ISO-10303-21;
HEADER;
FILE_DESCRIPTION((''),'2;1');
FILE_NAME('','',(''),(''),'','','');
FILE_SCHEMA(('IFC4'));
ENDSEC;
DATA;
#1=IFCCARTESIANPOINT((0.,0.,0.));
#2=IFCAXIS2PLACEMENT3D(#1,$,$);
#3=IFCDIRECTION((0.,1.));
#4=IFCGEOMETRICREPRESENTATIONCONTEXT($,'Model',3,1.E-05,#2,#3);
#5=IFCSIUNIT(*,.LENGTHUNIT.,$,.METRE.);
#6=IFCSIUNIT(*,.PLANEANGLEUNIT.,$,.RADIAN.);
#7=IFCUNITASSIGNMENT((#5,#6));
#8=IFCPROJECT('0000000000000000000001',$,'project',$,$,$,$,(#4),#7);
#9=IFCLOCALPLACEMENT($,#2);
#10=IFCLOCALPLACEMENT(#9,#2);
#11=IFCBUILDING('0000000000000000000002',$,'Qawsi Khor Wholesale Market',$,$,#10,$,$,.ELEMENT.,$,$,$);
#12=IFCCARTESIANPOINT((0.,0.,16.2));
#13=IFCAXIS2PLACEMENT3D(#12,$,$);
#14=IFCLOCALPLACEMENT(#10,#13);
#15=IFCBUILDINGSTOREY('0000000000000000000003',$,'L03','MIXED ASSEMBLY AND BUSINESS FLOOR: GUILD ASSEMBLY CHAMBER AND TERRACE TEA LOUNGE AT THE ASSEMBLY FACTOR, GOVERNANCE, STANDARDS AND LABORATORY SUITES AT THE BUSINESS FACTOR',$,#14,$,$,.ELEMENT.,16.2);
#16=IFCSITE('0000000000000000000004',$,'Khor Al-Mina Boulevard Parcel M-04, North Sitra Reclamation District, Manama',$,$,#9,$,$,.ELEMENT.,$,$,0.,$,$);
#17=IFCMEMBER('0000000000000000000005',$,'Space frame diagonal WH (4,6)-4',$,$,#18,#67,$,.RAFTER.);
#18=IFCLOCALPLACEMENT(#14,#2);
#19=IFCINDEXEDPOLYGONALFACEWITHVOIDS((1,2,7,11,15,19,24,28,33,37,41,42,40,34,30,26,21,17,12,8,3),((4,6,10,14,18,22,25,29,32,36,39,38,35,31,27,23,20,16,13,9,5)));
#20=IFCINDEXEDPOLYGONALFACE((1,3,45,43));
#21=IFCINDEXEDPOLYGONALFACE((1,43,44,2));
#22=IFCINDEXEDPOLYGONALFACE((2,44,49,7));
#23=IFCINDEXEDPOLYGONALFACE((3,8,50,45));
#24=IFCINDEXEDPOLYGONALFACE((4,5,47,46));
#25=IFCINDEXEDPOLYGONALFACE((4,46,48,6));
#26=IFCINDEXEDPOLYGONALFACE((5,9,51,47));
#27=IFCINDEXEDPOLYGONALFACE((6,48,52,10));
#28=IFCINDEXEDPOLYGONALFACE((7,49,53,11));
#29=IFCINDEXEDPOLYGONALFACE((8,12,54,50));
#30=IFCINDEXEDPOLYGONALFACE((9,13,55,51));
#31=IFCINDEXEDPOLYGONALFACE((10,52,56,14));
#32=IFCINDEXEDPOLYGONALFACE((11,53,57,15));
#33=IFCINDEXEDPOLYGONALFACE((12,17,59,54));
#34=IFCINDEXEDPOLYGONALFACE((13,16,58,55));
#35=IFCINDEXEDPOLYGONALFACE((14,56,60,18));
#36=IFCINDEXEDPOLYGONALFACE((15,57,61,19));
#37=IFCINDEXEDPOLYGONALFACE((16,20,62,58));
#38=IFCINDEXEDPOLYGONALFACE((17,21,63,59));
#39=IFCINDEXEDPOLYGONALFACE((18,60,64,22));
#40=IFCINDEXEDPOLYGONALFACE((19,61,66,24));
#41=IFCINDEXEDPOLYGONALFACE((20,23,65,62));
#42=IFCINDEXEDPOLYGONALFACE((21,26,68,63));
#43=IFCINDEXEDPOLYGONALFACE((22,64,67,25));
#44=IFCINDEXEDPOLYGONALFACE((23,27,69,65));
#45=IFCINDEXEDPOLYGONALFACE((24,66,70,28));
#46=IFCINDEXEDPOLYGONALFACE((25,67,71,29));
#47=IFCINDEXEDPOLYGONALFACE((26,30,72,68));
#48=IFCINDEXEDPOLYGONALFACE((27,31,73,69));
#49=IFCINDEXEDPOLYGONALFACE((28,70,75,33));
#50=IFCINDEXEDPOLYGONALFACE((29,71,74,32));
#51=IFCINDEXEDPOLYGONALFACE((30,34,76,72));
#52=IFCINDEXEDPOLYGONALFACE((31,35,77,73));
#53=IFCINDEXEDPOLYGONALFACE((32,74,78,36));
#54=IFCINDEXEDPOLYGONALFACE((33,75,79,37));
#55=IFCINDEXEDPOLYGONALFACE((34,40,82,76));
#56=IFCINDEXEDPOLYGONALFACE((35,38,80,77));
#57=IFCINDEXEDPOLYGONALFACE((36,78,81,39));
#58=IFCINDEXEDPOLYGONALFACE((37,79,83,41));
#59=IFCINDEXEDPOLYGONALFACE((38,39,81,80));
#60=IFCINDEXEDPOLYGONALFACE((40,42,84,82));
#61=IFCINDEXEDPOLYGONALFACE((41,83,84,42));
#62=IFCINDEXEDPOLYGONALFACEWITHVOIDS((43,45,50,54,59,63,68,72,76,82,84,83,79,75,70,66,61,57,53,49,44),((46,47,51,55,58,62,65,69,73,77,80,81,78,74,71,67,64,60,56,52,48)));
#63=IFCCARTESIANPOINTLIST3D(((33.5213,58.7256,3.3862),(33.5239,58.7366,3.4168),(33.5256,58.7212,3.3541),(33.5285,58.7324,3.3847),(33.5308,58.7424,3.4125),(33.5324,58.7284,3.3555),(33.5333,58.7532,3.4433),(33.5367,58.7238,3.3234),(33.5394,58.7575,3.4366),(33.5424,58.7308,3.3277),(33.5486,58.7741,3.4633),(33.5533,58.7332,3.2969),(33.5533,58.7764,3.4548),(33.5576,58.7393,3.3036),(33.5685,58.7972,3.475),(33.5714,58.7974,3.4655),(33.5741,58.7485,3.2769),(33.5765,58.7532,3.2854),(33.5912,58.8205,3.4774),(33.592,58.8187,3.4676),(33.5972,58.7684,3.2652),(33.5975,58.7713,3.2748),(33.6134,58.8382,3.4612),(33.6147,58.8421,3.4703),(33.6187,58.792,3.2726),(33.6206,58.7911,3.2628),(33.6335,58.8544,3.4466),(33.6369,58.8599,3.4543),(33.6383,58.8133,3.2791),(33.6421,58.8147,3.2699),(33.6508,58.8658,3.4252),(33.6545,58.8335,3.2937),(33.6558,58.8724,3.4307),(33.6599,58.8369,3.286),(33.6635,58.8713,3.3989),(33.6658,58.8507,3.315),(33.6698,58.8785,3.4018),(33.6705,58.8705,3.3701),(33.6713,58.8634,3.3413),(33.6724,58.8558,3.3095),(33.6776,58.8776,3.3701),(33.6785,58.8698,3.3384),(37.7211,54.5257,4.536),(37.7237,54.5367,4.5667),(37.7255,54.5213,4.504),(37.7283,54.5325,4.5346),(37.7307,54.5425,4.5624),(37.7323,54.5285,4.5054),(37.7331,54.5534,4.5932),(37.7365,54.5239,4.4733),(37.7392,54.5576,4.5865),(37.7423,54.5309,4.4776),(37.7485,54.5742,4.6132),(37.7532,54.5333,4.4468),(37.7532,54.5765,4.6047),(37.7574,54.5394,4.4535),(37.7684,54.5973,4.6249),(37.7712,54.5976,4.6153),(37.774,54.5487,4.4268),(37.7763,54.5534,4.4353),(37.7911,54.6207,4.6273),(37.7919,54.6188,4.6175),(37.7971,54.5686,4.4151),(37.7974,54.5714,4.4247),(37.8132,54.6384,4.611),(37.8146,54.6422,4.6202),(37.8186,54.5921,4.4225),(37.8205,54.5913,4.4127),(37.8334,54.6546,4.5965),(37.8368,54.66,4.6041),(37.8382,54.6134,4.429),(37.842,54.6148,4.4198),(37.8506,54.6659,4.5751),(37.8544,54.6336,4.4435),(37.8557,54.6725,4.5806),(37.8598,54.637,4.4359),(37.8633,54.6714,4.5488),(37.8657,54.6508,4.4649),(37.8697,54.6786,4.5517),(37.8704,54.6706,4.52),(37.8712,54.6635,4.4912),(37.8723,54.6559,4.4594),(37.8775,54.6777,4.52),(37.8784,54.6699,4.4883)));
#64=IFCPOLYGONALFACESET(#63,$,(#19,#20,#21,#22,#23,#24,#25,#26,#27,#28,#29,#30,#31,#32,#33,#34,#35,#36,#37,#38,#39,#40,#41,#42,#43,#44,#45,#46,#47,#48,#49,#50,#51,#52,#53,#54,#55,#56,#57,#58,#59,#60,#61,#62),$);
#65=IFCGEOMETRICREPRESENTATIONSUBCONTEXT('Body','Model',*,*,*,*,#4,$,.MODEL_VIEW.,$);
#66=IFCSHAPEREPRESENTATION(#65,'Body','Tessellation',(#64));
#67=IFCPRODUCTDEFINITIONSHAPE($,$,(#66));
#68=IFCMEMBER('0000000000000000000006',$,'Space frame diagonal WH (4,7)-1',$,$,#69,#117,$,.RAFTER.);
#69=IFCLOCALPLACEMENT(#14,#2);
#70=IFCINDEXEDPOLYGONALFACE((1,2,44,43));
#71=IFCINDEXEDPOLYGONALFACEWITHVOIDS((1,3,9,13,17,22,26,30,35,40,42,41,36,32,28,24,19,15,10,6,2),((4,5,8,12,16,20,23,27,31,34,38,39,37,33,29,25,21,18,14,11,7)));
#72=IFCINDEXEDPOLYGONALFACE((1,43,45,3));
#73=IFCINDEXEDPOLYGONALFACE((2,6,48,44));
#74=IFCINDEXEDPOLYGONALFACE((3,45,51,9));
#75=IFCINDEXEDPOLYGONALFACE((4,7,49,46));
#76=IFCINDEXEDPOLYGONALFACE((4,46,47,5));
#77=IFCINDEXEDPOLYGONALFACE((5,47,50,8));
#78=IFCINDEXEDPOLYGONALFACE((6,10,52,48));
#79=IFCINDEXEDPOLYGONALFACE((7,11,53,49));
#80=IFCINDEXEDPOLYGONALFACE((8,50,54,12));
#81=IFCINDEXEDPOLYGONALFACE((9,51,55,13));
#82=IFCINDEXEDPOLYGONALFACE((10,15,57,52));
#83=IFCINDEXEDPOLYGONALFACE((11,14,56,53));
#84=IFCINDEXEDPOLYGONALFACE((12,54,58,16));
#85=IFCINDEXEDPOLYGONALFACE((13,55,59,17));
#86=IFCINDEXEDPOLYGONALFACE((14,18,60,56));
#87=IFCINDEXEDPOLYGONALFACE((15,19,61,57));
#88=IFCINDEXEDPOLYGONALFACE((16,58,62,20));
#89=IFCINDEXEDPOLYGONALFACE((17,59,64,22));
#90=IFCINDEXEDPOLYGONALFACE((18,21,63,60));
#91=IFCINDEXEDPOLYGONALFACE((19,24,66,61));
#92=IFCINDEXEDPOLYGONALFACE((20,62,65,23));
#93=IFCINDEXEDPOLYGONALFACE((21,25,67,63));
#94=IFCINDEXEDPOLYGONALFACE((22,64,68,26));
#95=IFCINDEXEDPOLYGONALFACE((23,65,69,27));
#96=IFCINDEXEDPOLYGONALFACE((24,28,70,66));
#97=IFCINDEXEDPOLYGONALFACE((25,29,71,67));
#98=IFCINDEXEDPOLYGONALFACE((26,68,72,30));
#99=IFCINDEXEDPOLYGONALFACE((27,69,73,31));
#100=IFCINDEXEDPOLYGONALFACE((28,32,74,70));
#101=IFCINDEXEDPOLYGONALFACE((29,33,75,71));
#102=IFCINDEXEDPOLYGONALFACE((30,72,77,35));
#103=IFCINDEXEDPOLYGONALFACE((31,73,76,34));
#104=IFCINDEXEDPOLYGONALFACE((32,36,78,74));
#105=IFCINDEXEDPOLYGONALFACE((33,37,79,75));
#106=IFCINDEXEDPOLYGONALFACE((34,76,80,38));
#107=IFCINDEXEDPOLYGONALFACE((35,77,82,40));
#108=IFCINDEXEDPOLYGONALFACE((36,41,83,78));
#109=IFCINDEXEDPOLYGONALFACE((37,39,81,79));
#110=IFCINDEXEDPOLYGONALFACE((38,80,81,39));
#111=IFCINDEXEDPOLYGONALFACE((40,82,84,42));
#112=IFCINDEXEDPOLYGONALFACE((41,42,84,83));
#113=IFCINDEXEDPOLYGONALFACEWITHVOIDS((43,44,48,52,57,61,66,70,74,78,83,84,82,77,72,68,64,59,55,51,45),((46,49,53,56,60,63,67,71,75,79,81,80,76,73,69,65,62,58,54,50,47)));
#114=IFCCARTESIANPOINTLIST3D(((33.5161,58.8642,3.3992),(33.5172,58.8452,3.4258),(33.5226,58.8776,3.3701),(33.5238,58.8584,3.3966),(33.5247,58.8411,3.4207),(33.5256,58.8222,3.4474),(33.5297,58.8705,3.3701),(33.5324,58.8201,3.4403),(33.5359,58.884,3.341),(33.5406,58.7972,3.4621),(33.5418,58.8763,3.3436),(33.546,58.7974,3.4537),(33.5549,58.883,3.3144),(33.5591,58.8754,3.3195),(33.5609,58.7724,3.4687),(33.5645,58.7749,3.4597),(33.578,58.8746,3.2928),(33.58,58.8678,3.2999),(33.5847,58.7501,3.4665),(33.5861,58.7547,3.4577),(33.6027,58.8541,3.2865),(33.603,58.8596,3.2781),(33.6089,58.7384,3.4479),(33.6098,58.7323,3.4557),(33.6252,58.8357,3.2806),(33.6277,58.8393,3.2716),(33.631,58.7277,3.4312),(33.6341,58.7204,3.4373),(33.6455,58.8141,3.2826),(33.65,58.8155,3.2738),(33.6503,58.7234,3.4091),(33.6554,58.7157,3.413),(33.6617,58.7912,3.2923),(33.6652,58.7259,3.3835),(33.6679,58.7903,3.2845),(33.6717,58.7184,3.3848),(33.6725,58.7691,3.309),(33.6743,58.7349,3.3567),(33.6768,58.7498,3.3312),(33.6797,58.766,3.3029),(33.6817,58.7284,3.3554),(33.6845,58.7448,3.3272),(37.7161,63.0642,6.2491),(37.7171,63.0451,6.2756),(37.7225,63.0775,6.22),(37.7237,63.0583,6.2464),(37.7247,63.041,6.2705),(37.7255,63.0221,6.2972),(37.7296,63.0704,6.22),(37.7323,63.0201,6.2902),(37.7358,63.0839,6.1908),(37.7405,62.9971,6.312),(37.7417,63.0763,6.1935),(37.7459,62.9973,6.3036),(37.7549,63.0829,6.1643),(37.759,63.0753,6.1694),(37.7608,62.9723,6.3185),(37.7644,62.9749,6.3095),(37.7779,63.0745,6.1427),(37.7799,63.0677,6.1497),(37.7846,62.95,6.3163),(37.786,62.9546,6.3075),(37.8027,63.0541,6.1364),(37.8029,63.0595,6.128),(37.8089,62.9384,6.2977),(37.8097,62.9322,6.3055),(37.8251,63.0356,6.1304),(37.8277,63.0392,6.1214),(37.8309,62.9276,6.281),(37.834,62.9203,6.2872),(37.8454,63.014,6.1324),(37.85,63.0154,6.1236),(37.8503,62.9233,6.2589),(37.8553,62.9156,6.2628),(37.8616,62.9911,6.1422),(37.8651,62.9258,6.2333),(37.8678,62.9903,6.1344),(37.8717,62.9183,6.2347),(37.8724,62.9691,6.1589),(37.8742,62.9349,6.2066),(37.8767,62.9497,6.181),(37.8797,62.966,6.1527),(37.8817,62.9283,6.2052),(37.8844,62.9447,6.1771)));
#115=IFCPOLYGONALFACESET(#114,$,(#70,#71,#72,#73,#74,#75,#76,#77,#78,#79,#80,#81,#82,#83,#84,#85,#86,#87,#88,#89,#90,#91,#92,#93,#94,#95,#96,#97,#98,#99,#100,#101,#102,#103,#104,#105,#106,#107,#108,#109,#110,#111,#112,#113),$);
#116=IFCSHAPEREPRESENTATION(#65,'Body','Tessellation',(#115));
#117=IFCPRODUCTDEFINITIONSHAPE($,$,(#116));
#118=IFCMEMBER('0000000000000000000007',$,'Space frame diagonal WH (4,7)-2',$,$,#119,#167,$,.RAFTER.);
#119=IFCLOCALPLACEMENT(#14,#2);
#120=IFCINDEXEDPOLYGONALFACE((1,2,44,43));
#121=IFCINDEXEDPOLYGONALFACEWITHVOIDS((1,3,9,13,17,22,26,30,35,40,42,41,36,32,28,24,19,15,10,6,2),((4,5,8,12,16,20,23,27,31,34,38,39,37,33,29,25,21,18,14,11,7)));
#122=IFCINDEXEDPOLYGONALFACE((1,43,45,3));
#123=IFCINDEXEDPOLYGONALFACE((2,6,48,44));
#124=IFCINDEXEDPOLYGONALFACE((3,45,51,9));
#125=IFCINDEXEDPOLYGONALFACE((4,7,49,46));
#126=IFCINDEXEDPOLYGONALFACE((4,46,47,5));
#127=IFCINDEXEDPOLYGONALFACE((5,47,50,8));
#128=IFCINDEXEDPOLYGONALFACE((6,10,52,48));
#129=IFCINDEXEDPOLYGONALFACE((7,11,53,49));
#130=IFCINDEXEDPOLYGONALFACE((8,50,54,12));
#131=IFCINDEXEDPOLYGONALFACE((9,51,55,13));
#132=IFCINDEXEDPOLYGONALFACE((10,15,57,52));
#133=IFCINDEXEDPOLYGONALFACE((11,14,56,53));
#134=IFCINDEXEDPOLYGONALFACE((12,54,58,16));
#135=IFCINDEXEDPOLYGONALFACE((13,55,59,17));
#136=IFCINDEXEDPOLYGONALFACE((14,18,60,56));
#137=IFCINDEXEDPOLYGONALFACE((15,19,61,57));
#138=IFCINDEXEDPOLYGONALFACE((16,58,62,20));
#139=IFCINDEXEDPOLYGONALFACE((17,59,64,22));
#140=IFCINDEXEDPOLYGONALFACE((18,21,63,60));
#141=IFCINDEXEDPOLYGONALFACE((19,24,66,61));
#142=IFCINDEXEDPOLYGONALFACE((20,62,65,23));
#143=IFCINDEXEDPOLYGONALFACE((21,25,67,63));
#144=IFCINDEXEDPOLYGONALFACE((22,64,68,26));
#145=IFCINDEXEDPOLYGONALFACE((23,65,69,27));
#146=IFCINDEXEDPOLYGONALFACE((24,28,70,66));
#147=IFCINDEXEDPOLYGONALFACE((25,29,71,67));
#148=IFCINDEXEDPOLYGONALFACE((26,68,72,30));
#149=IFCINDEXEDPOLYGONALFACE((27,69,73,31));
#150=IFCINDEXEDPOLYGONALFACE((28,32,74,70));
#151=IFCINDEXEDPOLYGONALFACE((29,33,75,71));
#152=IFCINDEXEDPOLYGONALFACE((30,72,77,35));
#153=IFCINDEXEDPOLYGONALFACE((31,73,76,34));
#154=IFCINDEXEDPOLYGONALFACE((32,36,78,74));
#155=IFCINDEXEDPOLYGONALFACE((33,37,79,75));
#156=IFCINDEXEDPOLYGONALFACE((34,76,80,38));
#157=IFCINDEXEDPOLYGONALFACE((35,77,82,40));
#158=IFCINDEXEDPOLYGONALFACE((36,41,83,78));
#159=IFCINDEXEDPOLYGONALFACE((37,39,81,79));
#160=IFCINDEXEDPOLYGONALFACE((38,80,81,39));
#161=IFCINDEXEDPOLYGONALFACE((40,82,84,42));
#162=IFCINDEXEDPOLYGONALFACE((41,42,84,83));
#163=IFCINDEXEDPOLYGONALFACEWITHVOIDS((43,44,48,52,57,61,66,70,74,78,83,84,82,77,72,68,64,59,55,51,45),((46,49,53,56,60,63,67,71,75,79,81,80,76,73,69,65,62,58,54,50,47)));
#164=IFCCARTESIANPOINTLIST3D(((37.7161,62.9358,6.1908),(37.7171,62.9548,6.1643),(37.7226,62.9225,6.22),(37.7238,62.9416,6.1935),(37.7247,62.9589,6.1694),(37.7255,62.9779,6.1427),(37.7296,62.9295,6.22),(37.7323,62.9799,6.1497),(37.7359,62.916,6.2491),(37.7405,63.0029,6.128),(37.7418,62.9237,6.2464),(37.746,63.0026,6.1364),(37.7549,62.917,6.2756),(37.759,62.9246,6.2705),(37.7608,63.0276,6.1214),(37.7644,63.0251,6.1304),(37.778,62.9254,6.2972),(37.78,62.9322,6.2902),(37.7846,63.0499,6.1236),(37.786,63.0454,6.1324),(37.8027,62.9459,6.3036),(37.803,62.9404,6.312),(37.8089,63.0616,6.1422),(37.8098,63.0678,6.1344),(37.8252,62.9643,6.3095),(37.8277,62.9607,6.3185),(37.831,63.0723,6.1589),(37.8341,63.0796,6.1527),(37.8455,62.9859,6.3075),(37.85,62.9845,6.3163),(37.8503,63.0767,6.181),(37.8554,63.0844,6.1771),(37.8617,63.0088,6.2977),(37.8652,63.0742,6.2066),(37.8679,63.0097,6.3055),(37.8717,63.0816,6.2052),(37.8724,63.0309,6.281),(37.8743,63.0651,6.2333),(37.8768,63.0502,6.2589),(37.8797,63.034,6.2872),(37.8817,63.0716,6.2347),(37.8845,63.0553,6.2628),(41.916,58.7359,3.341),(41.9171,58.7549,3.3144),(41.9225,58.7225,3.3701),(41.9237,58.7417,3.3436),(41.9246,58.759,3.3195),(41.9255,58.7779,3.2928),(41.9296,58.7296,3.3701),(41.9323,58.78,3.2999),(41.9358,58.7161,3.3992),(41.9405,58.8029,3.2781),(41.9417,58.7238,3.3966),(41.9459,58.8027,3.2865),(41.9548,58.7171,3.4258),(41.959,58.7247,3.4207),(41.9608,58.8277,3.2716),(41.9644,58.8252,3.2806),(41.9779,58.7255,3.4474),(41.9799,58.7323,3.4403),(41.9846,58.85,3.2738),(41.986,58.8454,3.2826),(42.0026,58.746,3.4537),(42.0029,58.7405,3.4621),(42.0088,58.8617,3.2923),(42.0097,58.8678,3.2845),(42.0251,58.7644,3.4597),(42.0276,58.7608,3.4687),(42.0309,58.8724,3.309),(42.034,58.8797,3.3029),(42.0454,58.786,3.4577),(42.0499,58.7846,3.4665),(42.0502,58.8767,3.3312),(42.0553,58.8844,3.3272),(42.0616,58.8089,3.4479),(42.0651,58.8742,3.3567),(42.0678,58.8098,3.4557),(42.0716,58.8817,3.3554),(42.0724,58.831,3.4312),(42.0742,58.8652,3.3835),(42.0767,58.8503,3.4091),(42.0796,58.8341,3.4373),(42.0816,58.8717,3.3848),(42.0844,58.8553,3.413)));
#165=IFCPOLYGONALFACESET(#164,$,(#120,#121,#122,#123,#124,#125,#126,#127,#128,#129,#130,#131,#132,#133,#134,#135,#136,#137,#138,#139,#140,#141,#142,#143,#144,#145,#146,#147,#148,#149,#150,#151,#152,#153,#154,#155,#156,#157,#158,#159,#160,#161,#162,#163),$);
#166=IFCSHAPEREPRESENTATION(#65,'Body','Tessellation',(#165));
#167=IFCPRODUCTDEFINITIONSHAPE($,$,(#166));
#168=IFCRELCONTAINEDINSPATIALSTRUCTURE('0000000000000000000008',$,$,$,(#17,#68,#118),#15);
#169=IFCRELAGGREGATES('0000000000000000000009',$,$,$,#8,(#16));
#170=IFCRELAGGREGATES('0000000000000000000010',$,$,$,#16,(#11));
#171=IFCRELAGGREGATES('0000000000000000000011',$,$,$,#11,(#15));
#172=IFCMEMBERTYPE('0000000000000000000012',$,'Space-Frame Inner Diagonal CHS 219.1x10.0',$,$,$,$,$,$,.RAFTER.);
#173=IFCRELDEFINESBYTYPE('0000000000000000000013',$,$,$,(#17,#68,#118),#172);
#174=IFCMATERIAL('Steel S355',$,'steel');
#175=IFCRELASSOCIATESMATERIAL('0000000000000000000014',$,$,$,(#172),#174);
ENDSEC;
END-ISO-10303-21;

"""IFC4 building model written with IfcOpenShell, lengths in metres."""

from ifc_helpers import new_model, si_unit, direction, frame, origin, origin_2d, place, context, subcontext, project, spatial, hollow_circle, extrude, material, material_profile, profile_set, type_object, element, save


model = new_model("IFC4")

# Units and contexts
model_context = context("Model", 3, precision=1e-05, world=origin(), true_north=direction((0.0, 1.0)))
body_context = subcontext(model_context, "Body", "Model", "MODEL_VIEW")
ifc_project = project(units=[si_unit("LENGTHUNIT", "METRE"), si_unit("PLANEANGLEUNIT", "RADIAN")], contexts=[model_context])

# Site, building, storey
site_placement = place(None, origin())
site = spatial("IfcSite", under=ifc_project, at=site_placement, Name="Khor Al-Mina Boulevard Parcel M-04, North Sitra Reclamation District, Manama", CompositionType="ELEMENT", RefElevation=0.0)
building_placement = place(site_placement, origin())
building = spatial("IfcBuilding", under=site, at=building_placement, Name="Qawsi Khor Wholesale Market", CompositionType="ELEMENT")
storey_placement = place(building_placement, frame((0.0, 0.0, 16.2)))
storey = spatial("IfcBuildingStorey", under=building, at=storey_placement, Name="L03", Description="MIXED ASSEMBLY AND BUSINESS FLOOR: GUILD ASSEMBLY CHAMBER AND TERRACE TEA LOUNGE AT THE ASSEMBLY FACTOR, GOVERNANCE, STANDARDS AND LABORATORY SUITES AT THE BUSINESS FACTOR", CompositionType="ELEMENT", Elevation=16.2)

# Members
ifc_material_1 = material(Name="Steel S355", Category="steel")
ifc_material_profile_1 = material_profile(ifc_material_1, hollow_circle(Radius=0.1096, WallThickness=0.01, at=origin_2d()), Name="CHS 219.1x10.0")
ifc_profile_set_1 = profile_set([ifc_material_profile_1], Name="Steel S355")
member_type_1 = type_object("IfcMemberType", Name="Space-Frame Inner Diagonal CHS 219.1x10.0", PredefinedType="RAFTER", material=ifc_profile_set_1)
for number, where, z_axis, x_axis, name in (
    (1, (33.6001, 58.8, 3.3701), (0.694217, -0.694217, 0.190069), (0.707107, 0.707107, 0.0), "Space frame diagonal WH (4,6)-4"),
):
    element("IfcMember", number, at=place(storey_placement, frame(where, z_axis=z_axis, x_axis=x_axis)), inside=storey, type_object=member_type_1, Name=name, PredefinedType="RAFTER", context=body_context, shape_type="SweptSolid", body=[
        extrude(hollow_circle(Radius=0.1096, WallThickness=0.01, at=origin_2d()), origin(), (0.0, 0.0, 1.0), 6.0498),
    ])
for number, where, z_axis, x_axis, name in (
    (2, (33.6001, 58.8, 3.3701), (0.637522, 0.637522, 0.432587), (-0.707107, 0.707107, 0.0), "Space frame diagonal WH (4,7)-1"),
    (3, (42.0, 58.8, 3.3701), (-0.637522, 0.637522, 0.432587), (-0.707107, -0.707107, 0.0), "Space frame diagonal WH (4,7)-2"),
):
    element("IfcMember", number, at=place(storey_placement, frame(where, z_axis=z_axis, x_axis=x_axis)), inside=storey, type_object=member_type_1, Name=name, PredefinedType="RAFTER", context=body_context, shape_type="SweptSolid", body=[
        extrude(hollow_circle(Radius=0.1096, WallThickness=0.01, at=origin_2d()), origin(), (0.0, 0.0, 1.0), 6.5879),
    ])

save(model, "model.ifc")
